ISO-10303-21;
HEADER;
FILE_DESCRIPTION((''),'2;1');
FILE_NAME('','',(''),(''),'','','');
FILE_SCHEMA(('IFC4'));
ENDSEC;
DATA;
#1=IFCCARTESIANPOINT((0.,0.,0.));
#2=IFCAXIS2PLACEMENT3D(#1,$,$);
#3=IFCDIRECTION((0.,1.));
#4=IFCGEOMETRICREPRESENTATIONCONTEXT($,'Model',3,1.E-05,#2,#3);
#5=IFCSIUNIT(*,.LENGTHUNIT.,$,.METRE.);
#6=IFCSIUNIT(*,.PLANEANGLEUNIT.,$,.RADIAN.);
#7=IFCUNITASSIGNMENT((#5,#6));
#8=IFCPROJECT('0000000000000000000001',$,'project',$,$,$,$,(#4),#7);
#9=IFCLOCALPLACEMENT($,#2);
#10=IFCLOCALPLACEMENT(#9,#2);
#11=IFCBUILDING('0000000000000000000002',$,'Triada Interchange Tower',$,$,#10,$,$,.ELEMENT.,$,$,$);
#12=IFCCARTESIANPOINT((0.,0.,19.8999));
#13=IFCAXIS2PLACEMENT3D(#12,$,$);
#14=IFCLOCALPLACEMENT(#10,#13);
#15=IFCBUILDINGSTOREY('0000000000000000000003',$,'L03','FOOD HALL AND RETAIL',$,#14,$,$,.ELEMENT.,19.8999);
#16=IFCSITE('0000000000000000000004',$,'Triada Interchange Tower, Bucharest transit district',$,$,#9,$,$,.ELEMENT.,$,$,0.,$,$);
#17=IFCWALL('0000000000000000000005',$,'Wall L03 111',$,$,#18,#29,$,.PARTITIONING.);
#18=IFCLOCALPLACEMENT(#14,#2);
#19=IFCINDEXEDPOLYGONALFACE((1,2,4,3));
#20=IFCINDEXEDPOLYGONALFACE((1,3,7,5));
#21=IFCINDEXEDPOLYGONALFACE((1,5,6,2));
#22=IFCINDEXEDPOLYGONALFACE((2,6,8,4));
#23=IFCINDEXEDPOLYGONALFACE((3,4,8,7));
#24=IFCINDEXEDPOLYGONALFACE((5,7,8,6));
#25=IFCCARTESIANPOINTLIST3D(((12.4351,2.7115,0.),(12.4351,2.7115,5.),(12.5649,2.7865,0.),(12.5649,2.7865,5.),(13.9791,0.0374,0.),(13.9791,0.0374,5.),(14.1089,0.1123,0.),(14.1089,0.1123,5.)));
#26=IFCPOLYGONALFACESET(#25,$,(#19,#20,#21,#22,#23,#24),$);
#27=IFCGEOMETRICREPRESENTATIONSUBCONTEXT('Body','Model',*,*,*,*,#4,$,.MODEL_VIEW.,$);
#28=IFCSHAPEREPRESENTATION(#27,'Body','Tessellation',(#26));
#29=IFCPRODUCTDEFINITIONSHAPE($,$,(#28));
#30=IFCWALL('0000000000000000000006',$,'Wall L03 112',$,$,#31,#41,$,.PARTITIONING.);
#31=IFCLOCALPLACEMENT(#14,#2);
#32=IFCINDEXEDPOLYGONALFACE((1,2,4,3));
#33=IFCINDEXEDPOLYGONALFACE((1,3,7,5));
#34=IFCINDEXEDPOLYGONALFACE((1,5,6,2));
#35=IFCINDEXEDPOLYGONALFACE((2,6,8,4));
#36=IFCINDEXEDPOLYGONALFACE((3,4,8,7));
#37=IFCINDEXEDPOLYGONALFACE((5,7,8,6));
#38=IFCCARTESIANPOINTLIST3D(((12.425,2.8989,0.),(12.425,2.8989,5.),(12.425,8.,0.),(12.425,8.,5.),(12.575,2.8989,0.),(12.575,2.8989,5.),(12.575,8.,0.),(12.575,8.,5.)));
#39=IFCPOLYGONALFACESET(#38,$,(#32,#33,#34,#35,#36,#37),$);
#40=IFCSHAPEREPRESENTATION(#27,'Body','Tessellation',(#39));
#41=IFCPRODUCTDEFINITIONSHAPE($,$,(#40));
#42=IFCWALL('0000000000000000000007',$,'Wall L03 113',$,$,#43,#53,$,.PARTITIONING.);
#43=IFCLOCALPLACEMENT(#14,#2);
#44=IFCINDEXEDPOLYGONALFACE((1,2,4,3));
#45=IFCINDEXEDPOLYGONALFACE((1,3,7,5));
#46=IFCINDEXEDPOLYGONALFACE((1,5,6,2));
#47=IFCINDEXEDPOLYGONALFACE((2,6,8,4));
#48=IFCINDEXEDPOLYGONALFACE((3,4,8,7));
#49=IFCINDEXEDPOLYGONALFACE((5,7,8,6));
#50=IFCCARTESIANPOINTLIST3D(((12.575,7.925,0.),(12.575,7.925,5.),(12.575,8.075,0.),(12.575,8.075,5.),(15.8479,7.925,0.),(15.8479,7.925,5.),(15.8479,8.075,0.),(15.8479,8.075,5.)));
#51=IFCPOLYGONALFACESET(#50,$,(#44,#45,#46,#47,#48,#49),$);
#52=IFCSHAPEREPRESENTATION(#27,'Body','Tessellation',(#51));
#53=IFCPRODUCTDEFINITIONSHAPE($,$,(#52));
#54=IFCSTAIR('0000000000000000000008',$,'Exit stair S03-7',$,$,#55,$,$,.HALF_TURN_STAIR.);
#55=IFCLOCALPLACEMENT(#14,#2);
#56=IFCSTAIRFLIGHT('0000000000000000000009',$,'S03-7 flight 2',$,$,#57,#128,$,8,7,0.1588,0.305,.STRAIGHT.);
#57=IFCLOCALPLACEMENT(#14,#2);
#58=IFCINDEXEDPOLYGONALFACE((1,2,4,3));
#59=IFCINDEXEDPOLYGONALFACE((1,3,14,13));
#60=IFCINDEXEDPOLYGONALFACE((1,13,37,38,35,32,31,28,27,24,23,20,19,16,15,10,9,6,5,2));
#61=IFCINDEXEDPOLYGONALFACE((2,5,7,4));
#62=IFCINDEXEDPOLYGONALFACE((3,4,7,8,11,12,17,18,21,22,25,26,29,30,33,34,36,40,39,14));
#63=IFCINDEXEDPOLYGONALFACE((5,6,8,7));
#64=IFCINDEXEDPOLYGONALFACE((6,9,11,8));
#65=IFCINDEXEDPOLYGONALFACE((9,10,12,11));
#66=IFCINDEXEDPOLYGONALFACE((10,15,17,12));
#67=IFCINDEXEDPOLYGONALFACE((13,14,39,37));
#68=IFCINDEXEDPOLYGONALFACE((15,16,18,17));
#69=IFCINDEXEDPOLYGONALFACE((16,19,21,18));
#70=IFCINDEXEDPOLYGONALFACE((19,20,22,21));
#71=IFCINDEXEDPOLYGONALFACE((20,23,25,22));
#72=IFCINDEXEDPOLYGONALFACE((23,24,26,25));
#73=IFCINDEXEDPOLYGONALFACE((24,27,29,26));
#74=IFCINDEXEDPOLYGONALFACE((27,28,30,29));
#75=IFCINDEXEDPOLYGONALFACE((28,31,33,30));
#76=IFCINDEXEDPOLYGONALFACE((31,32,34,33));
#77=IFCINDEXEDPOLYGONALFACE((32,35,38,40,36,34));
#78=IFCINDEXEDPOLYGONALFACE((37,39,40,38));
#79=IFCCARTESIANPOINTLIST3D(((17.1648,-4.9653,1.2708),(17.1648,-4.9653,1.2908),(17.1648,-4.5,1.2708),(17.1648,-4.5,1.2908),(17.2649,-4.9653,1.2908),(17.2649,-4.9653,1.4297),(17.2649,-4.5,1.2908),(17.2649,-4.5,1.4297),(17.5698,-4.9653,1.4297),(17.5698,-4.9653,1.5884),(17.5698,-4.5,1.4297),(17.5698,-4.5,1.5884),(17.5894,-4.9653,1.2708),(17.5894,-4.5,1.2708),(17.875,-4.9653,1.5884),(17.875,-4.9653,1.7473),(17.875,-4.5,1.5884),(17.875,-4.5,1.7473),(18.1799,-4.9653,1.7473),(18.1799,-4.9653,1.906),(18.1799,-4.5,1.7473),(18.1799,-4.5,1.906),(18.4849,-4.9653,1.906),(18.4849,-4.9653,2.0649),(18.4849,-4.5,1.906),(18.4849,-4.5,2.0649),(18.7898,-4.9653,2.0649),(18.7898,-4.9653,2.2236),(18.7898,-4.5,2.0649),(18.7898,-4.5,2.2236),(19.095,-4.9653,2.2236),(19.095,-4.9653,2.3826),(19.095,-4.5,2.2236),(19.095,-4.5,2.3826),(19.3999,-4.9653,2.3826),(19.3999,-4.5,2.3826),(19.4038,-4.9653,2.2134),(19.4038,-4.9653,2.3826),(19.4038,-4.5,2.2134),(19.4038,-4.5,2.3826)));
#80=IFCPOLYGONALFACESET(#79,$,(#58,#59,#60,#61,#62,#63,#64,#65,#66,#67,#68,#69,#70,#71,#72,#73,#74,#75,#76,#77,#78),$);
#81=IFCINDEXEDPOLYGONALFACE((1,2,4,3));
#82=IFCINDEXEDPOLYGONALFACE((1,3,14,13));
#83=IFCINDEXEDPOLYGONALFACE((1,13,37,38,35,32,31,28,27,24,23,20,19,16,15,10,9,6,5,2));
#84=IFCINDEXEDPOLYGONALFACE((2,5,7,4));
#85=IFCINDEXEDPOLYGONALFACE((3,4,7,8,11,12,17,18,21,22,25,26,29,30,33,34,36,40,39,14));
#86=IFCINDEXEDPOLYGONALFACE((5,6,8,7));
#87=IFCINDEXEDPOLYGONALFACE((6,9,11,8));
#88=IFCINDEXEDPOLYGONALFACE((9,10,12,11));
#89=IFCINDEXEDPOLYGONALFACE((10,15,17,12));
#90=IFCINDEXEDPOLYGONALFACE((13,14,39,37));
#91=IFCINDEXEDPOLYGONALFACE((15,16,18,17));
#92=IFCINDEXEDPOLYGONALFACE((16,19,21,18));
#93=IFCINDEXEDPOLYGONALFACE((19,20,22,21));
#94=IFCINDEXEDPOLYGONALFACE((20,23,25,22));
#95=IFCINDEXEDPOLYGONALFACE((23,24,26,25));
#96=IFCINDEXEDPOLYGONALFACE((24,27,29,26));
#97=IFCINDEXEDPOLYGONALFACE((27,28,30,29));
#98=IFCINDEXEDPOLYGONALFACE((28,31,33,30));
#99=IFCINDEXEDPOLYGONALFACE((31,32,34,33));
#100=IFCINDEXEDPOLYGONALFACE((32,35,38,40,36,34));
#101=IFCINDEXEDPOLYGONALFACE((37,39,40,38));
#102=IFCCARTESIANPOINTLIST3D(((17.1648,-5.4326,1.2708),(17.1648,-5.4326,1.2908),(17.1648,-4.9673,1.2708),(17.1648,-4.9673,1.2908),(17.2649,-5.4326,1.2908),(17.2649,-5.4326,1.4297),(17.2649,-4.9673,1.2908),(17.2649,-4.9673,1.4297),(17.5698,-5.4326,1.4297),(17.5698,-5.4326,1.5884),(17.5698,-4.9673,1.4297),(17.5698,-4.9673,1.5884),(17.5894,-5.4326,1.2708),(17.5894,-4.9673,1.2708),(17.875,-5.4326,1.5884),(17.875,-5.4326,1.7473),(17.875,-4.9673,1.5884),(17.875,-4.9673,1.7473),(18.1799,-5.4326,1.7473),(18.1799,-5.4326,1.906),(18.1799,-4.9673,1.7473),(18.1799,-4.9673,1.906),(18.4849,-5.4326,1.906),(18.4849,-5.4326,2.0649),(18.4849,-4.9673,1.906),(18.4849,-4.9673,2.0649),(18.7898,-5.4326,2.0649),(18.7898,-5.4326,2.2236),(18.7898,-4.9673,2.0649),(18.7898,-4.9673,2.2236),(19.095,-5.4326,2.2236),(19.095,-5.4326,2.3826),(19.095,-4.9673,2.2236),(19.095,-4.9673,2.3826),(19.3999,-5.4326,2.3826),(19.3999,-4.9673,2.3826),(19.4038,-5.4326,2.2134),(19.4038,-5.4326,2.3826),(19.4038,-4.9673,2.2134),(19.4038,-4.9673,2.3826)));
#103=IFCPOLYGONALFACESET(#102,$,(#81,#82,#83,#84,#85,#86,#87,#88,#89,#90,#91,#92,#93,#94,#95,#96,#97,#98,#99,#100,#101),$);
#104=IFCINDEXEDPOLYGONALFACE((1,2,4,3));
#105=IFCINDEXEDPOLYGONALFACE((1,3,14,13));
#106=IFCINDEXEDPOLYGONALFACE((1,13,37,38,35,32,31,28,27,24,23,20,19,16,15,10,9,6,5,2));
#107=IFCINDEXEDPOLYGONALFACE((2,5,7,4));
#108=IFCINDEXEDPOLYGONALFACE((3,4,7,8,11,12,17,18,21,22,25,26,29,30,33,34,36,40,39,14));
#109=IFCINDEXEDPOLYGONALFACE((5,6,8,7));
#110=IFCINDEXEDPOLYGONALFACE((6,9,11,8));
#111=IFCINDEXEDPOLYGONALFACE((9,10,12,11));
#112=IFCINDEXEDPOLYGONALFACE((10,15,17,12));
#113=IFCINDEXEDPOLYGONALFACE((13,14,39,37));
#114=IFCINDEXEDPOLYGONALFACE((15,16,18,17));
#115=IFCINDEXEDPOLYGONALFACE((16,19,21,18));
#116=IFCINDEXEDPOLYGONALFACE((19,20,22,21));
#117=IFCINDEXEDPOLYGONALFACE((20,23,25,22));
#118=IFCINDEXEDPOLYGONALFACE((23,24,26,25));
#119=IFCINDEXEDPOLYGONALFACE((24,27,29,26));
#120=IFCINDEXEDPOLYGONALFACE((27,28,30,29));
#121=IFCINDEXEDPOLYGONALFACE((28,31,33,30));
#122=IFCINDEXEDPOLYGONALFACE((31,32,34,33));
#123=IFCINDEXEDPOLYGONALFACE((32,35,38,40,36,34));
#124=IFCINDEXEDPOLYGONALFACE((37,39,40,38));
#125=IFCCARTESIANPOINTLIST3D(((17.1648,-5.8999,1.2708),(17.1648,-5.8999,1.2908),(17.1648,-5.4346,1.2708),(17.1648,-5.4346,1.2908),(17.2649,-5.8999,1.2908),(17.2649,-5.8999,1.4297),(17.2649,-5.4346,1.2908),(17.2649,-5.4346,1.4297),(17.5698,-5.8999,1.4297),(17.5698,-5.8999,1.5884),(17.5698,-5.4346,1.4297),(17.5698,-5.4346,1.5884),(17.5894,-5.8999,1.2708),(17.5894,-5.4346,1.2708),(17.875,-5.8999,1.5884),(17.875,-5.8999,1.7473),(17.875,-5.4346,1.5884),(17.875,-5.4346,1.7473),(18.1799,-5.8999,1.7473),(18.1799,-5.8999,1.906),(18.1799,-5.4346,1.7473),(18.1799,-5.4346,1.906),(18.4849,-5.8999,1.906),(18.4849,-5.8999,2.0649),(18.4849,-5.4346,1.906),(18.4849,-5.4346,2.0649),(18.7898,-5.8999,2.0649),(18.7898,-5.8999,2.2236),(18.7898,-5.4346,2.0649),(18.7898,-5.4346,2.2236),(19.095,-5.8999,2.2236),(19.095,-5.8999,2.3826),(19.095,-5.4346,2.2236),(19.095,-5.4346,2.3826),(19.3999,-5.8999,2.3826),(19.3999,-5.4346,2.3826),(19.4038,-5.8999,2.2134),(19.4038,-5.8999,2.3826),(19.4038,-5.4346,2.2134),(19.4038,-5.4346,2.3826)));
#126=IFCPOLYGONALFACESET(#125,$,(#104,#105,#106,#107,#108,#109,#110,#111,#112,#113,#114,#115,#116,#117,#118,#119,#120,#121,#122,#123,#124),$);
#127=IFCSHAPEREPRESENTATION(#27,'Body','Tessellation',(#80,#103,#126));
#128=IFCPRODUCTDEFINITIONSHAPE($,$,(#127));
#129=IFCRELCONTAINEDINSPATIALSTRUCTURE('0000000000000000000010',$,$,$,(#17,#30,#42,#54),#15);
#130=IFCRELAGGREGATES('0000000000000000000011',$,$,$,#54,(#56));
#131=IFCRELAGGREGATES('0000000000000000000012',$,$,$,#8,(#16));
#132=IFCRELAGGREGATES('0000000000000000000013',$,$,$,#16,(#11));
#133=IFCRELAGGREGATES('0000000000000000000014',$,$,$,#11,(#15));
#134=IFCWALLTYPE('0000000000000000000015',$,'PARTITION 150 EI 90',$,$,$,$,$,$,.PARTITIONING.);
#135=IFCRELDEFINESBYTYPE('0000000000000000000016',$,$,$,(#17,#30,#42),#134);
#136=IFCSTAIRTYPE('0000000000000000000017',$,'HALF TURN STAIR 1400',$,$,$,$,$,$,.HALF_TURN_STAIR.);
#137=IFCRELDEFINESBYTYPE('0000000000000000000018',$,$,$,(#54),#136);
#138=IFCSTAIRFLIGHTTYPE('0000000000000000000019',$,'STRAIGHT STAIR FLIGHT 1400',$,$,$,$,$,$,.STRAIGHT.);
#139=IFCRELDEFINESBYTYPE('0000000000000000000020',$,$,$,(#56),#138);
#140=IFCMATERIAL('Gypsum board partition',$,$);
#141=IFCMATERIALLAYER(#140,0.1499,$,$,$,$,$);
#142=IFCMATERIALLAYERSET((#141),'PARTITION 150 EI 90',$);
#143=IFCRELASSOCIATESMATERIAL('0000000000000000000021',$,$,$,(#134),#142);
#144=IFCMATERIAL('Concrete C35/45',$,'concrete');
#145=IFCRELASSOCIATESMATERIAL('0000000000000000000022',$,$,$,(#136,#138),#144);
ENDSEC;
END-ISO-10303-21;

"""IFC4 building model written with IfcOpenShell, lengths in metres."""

from ifc_helpers import new_model, si_unit, direction, frame, frame_2d, origin, place, context, subcontext, project, spatial, polyline, rectangle, outline, extrude, material, layer, layer_set, type_object, element, aggregate, save


model = new_model("IFC4")

# Units and contexts
model_context = context("Model", 3, precision=1e-05, world=origin(), true_north=direction((0.0, 1.0)))
body_context = subcontext(model_context, "Body", "Model", "MODEL_VIEW")
ifc_project = project(units=[si_unit("LENGTHUNIT", "METRE"), si_unit("PLANEANGLEUNIT", "RADIAN")], contexts=[model_context])

# Site, building, storey
site_placement = place(None, origin())
site = spatial("IfcSite", under=ifc_project, at=site_placement, Name="Triada Interchange Tower, Bucharest transit district", CompositionType="ELEMENT", RefElevation=0.0)
building_placement = place(site_placement, origin())
building = spatial("IfcBuilding", under=site, at=building_placement, Name="Triada Interchange Tower", CompositionType="ELEMENT")
storey_placement = place(building_placement, frame((0.0, 0.0, 19.8999)))
storey = spatial("IfcBuildingStorey", under=building, at=storey_placement, Name="L03", Description="FOOD HALL AND RETAIL", CompositionType="ELEMENT", Elevation=19.8999)

# Shared definitions
ifc_material_1 = material(Name="Gypsum board partition")

# Shared definitions
ifc_layer_1 = layer(ifc_material_1, 0.1499)
ifc_layer_set_1 = layer_set([ifc_layer_1], Name="PARTITION 150 EI 90")
wall_type_1 = type_object("IfcWallType", Name="PARTITION 150 EI 90", PredefinedType="PARTITIONING", material=ifc_layer_set_1)

# Walls
wall_1_placement = place(storey_placement, frame((12.5, 2.749, 0.0), z_axis=(0.0, 0.0, 1.0), x_axis=(0.500017, -0.866016, 0.0)))
element("IfcWall", 1, at=wall_1_placement, inside=storey, type_object=wall_type_1, Name="Wall L03 111", PredefinedType="PARTITIONING", context=body_context, shape_type="SweptSolid", body=[
    extrude(rectangle(XDim=3.0879, YDim=0.1499, at=frame_2d((1.5439, 0.0))), origin(), (0.0, 0.0, 1.0), 5.0),
])
wall_2_placement = place(storey_placement, frame((12.5, 2.8989, 0.0), z_axis=(0.0, 0.0, 1.0), x_axis=(0.0, 1.0, 0.0)))
element("IfcWall", 2, at=wall_2_placement, inside=storey, type_object=wall_type_1, Name="Wall L03 112", PredefinedType="PARTITIONING", context=body_context, shape_type="SweptSolid", body=[
    extrude(rectangle(XDim=5.1011, YDim=0.1499, at=frame_2d((2.5505, 0.0))), origin(), (0.0, 0.0, 1.0), 5.0),
])
wall_3_placement = place(storey_placement, frame((12.575, 8.0, 0.0), z_axis=(0.0, 0.0, 1.0), x_axis=(1.0, 0.0, 0.0)))
element("IfcWall", 3, at=wall_3_placement, inside=storey, type_object=wall_type_1, Name="Wall L03 113", PredefinedType="PARTITIONING", context=body_context, shape_type="SweptSolid", body=[
    extrude(rectangle(XDim=3.2729, YDim=0.1499, at=frame_2d((1.6365, 0.0))), origin(), (0.0, 0.0, 1.0), 5.0),
])

# Stair, stair flight
ifc_material_2 = material(Name="Concrete C35/45", Category="concrete")
stair_type = type_object("IfcStairType", Name="HALF TURN STAIR 1400", PredefinedType="HALF_TURN_STAIR", material=ifc_material_2)
stair_placement = place(storey_placement, origin())
stair = element("IfcStair", 4, at=stair_placement, inside=storey, type_object=stair_type, Name="Exit stair S03-7", PredefinedType="HALF_TURN_STAIR")
stair_flight_type = type_object("IfcStairFlightType", Name="STRAIGHT STAIR FLIGHT 1400", PredefinedType="STRAIGHT", material=ifc_material_2)
stair_flight_1_placement = place(storey_placement, frame((17.2649, -5.2, 1.2708), z_axis=(0.0, 0.0, 1.0), x_axis=(1.0, 0.0, 0.0)))
stair_flight_1 = element("IfcStairFlight", 5, at=stair_flight_1_placement, type_object=stair_flight_type, Name="S03-7 flight 2", NumberOfRisers=8, NumberOfTreads=7, PredefinedType="STRAIGHT", RiserHeight=0.1588, TreadLength=0.305, context=body_context, shape_type="SweptSolid", body=[
    extrude(outline(polyline([(-0.1001, 0.0), (-0.1001, 0.02), (0.0, 0.02), (0.0, 0.1589), (0.3049, 0.1589), (0.3049, 0.3176), (0.6101, 0.3176), (0.6101, 0.4766), (0.915, 0.4766), (0.915, 0.6353), (1.22, 0.6353), (1.22, 0.7942), (1.5249, 0.7942), (1.5249, 0.9529), (1.8301, 0.9529), (1.8301, 1.1118), (2.135, 1.1118), (2.1389, 1.1118), (2.1389, 1.2705), (2.1389, 0.9426), (0.3245, 0.0), (-0.1001, 0.0)])), frame((0.0, 0.7, 0.0), z_axis=(0.0, -1.0, 0.0), x_axis=(1.0, 0.0, 0.0)), (0.0, 0.0, 1.0), 0.4653),
    extrude(outline(polyline([(-0.1001, 0.0), (-0.1001, 0.02), (0.0, 0.02), (0.0, 0.1589), (0.3049, 0.1589), (0.3049, 0.3176), (0.6101, 0.3176), (0.6101, 0.4766), (0.915, 0.4766), (0.915, 0.6353), (1.22, 0.6353), (1.22, 0.7942), (1.5249, 0.7942), (1.5249, 0.9529), (1.8301, 0.9529), (1.8301, 1.1118), (2.135, 1.1118), (2.1389, 1.1118), (2.1389, 1.2705), (2.1389, 0.9426), (0.3245, 0.0), (-0.1001, 0.0)])), frame((0.0, 0.2327, 0.0), z_axis=(0.0, -1.0, 0.0), x_axis=(1.0, 0.0, 0.0)), (0.0, 0.0, 1.0), 0.4653),
    extrude(outline(polyline([(-0.1001, 0.0), (-0.1001, 0.02), (0.0, 0.02), (0.0, 0.1589), (0.3049, 0.1589), (0.3049, 0.3176), (0.6101, 0.3176), (0.6101, 0.4766), (0.915, 0.4766), (0.915, 0.6353), (1.22, 0.6353), (1.22, 0.7942), (1.5249, 0.7942), (1.5249, 0.9529), (1.8301, 0.9529), (1.8301, 1.1118), (2.135, 1.1118), (2.1389, 1.1118), (2.1389, 1.2705), (2.1389, 0.9426), (0.3245, 0.0), (-0.1001, 0.0)])), frame((0.0, -0.2346, 0.0), z_axis=(0.0, -1.0, 0.0), x_axis=(1.0, 0.0, 0.0)), (0.0, 0.0, 1.0), 0.4653),
])
aggregate(stair, [stair_flight_1])

save(model, "model.ifc")
